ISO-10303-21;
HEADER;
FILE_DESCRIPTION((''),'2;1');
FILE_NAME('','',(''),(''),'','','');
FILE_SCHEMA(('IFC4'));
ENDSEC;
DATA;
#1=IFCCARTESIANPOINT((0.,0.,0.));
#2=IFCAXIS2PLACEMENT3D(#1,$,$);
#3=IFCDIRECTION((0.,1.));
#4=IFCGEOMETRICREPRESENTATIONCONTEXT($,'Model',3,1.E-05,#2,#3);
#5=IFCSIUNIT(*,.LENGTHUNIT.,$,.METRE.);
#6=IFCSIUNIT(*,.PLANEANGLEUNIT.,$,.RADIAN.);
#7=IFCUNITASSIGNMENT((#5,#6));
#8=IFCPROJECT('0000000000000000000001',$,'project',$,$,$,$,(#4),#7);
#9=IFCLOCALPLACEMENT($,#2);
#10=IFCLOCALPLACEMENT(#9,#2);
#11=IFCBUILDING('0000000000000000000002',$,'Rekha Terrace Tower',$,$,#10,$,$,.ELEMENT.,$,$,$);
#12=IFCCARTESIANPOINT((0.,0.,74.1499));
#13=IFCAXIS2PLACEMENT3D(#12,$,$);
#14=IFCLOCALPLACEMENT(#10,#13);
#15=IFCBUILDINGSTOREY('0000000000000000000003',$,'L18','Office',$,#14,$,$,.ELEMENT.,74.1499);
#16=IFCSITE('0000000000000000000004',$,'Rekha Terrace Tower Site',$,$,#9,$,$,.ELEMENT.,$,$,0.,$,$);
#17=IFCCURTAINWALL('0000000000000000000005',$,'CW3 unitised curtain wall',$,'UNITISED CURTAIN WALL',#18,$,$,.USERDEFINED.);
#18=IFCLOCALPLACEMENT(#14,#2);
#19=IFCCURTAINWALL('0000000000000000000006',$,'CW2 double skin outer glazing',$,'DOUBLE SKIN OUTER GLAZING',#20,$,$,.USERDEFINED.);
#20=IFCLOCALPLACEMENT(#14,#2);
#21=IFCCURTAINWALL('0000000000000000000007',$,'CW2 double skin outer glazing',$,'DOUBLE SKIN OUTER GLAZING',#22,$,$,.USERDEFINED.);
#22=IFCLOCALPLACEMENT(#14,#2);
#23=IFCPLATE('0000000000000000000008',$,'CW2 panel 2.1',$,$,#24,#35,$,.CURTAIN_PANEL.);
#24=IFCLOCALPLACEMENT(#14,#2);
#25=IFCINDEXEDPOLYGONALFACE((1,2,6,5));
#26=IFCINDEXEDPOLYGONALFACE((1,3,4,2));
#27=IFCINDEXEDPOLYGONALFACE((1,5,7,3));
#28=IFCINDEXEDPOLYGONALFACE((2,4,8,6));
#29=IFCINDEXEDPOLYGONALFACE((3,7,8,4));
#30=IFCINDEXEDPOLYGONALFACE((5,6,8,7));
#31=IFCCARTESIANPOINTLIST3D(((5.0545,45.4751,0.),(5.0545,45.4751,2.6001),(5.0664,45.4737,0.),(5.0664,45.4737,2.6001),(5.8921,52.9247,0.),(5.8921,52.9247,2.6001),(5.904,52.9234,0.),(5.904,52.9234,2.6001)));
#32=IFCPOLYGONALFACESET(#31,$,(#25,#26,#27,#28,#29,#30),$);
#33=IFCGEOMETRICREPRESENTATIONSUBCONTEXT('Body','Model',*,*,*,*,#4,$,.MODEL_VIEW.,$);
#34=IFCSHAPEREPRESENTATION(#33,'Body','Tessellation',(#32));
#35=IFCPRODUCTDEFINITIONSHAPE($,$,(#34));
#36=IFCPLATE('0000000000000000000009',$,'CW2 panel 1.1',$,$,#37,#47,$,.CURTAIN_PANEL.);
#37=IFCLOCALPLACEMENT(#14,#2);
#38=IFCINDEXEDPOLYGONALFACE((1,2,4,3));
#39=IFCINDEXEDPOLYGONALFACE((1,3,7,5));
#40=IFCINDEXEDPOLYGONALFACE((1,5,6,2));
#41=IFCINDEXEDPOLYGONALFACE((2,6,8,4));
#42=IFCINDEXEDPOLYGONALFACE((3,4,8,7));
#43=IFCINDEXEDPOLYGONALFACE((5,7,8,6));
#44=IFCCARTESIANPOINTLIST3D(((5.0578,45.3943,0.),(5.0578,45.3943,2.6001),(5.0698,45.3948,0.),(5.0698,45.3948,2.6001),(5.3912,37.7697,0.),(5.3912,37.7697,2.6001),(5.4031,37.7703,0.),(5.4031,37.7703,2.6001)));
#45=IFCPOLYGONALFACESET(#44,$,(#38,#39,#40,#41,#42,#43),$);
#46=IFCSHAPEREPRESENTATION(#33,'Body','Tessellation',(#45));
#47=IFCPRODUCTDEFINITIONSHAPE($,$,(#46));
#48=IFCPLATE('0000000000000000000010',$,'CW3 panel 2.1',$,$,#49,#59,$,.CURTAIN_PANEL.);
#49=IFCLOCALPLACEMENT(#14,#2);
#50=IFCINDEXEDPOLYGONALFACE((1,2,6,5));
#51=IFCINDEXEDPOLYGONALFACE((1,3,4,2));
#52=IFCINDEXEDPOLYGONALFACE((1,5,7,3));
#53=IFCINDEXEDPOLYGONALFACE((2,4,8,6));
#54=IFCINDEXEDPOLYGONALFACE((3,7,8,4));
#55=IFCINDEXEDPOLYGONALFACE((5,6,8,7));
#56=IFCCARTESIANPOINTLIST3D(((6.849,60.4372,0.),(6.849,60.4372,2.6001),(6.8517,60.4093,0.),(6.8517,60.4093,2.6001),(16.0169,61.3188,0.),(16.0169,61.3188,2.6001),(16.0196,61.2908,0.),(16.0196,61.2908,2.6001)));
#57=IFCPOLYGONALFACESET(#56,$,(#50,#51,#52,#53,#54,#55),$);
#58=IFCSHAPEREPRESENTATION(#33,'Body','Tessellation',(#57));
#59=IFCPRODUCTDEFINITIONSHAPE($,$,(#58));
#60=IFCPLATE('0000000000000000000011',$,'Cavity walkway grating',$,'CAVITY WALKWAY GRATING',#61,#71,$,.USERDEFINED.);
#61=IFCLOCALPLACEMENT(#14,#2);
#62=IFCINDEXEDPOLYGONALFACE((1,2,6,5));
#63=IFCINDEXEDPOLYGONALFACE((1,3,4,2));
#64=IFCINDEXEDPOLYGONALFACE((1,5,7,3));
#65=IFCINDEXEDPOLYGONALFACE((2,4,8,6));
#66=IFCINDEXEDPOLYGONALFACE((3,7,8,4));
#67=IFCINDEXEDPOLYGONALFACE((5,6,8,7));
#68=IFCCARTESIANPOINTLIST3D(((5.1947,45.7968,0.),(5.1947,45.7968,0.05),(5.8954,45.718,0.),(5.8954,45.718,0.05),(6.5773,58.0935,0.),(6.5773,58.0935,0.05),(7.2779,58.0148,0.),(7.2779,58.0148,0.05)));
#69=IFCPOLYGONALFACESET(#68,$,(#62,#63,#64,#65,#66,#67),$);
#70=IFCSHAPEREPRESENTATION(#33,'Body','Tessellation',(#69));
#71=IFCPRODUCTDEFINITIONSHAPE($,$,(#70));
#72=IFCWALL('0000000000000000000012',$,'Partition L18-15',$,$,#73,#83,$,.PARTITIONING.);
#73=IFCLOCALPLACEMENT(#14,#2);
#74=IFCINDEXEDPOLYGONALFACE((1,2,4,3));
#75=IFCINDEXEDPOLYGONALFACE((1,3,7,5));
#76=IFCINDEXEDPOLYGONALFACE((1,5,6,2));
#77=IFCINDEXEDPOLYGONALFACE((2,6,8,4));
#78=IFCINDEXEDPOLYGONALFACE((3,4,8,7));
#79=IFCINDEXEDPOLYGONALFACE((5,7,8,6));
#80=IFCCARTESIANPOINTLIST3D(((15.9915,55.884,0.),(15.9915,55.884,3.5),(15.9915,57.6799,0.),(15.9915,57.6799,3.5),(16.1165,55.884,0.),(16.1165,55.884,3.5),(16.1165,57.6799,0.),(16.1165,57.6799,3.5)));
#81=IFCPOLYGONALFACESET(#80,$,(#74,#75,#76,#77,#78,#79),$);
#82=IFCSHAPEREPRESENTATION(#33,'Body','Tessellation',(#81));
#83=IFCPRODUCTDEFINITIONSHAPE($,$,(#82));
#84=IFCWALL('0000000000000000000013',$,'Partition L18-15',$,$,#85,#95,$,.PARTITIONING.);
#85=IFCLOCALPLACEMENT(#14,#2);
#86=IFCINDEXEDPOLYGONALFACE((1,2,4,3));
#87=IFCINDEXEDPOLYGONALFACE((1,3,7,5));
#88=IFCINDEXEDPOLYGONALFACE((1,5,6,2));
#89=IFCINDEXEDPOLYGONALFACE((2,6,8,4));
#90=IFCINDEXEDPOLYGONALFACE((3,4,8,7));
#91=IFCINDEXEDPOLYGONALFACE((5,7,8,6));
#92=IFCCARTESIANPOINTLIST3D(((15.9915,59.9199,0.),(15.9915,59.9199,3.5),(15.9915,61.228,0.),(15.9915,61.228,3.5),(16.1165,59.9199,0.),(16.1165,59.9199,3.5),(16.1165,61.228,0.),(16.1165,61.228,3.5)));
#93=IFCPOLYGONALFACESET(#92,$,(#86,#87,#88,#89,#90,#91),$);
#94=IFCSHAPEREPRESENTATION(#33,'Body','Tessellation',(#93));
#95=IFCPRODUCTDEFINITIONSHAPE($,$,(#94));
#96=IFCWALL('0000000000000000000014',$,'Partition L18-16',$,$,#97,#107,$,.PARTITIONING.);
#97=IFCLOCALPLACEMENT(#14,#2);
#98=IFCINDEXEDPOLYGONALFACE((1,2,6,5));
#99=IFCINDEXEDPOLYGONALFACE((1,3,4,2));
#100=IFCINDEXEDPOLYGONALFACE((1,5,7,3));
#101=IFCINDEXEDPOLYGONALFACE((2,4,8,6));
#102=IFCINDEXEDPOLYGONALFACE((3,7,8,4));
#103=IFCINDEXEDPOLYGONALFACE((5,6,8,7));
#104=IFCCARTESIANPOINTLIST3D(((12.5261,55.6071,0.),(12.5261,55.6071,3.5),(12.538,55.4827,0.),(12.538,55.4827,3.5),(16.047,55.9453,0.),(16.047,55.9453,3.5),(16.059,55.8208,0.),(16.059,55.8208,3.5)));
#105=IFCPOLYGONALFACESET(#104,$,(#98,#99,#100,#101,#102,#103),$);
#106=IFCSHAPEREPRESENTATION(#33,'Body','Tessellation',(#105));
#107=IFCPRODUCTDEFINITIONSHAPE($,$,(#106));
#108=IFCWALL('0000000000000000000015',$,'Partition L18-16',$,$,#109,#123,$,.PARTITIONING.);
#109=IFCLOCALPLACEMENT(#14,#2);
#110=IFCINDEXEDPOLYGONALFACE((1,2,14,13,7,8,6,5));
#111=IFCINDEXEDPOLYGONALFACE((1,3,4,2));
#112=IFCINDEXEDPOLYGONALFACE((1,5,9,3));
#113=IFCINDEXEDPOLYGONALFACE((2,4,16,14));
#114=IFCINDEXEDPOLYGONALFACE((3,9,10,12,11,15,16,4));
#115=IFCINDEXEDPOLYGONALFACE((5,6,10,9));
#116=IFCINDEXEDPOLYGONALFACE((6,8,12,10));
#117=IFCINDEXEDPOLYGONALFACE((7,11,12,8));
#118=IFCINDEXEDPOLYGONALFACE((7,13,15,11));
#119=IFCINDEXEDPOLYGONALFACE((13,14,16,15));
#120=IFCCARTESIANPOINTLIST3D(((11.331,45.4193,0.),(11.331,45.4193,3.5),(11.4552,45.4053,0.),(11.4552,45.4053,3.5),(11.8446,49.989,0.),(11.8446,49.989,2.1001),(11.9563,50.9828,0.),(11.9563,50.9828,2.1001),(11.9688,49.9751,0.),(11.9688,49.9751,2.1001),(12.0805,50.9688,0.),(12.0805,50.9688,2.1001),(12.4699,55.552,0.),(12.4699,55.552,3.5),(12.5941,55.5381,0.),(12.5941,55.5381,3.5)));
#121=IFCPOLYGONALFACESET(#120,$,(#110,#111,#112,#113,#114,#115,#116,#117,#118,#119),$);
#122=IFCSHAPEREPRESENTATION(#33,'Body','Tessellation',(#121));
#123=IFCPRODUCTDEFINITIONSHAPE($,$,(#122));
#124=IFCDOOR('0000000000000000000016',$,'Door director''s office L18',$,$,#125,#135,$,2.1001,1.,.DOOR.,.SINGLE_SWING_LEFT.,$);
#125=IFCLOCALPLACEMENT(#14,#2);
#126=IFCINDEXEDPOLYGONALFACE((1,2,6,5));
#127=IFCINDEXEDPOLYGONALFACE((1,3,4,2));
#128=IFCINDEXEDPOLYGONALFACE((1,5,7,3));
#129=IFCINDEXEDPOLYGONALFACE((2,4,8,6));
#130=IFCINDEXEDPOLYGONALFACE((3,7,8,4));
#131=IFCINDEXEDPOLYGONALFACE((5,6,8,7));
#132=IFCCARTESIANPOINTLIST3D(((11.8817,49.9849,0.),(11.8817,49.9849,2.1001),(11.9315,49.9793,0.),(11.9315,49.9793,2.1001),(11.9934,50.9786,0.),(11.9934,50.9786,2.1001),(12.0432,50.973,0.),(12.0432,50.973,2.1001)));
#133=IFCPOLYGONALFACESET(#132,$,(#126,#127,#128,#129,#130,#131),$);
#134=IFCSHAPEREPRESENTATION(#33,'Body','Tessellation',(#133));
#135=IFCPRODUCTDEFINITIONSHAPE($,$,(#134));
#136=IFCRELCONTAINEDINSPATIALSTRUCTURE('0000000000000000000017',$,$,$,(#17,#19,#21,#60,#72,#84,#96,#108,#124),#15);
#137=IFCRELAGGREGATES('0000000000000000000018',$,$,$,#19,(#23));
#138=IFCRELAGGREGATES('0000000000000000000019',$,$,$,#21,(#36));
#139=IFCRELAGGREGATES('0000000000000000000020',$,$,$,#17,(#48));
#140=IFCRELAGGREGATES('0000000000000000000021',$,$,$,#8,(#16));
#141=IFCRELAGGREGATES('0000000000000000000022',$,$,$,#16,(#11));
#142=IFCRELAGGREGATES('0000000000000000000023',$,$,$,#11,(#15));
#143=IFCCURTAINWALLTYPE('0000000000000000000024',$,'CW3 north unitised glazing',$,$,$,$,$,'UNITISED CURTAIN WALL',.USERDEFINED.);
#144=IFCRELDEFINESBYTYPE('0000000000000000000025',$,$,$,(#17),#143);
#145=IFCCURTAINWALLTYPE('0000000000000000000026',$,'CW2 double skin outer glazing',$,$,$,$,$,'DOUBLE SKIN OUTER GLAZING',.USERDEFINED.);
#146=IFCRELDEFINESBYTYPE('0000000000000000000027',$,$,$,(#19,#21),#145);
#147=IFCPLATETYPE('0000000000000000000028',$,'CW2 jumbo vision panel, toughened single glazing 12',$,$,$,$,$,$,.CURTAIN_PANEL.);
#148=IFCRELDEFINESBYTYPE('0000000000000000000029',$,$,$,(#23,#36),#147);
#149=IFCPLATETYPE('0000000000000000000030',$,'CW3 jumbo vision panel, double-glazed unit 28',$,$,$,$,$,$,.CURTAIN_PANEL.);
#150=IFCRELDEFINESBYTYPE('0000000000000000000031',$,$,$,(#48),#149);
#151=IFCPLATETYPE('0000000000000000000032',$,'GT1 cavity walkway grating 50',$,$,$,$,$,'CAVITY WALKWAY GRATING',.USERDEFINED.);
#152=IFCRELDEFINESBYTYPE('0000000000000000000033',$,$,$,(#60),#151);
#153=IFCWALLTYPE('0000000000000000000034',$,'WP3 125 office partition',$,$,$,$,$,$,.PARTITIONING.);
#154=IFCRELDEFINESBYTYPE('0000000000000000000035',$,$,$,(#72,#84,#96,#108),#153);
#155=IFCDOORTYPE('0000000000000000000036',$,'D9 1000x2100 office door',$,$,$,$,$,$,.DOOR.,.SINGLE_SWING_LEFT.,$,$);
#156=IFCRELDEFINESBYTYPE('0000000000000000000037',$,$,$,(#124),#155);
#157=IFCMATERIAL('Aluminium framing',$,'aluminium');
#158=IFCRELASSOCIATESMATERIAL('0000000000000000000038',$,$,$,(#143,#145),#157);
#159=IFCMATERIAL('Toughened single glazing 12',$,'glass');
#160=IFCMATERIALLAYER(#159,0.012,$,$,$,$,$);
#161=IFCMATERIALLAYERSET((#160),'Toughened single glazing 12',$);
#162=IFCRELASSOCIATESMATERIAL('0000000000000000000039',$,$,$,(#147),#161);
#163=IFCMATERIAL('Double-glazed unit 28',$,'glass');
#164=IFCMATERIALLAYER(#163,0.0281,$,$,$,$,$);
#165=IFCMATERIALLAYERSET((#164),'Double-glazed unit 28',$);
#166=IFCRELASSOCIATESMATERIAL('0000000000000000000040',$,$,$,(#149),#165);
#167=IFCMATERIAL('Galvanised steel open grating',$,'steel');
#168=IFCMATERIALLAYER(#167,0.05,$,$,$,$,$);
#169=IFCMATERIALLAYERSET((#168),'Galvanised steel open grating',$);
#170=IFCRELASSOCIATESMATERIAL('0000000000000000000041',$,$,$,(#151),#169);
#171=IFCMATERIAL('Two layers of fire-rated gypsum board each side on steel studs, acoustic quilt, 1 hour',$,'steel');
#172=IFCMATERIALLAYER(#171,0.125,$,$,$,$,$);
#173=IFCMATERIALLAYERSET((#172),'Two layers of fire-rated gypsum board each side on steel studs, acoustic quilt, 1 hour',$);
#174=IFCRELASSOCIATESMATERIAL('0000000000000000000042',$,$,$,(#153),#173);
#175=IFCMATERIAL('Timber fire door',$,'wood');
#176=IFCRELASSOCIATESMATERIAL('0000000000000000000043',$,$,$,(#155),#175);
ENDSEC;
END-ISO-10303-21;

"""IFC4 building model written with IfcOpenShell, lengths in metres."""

from ifc_helpers import new_model, si_unit, direction, frame, frame_2d, origin, origin_2d, place, context, subcontext, project, spatial, rectangle, extrude, material, layer, layer_set, type_object, element, fill, aggregate, save


model = new_model("IFC4")

# Units and contexts
model_context = context("Model", 3, precision=1e-05, world=origin(), true_north=direction((0.0, 1.0)))
body_context = subcontext(model_context, "Body", "Model", "MODEL_VIEW")
ifc_project = project(units=[si_unit("LENGTHUNIT", "METRE"), si_unit("PLANEANGLEUNIT", "RADIAN")], contexts=[model_context])

# Site, building, storey
site_placement = place(None, origin())
site = spatial("IfcSite", under=ifc_project, at=site_placement, Name="Rekha Terrace Tower Site", CompositionType="ELEMENT", RefElevation=0.0)
building_placement = place(site_placement, origin())
building = spatial("IfcBuilding", under=site, at=building_placement, Name="Rekha Terrace Tower", CompositionType="ELEMENT")
storey_placement = place(building_placement, frame((0.0, 0.0, 74.1499)))
storey = spatial("IfcBuildingStorey", under=building, at=storey_placement, Name="L18", Description="Office", CompositionType="ELEMENT", Elevation=74.1499)

# Curtain walls
ifc_material_1 = material(Name="Aluminium framing", Category="aluminium")
curtain_wall_type_1 = type_object("IfcCurtainWallType", Name="CW3 north unitised glazing", ElementType="UNITISED CURTAIN WALL", PredefinedType="USERDEFINED", material=ifc_material_1)
curtain_wall_1_placement = place(storey_placement, origin())
curtain_wall_1 = element("IfcCurtainWall", 1, at=curtain_wall_1_placement, inside=storey, type_object=curtain_wall_type_1, Name="CW3 unitised curtain wall", ObjectType="UNITISED CURTAIN WALL", PredefinedType="USERDEFINED")
curtain_wall_type_2 = type_object("IfcCurtainWallType", Name="CW2 double skin outer glazing", ElementType="DOUBLE SKIN OUTER GLAZING", PredefinedType="USERDEFINED", material=ifc_material_1)
curtain_wall_2_placement = place(storey_placement, origin())
curtain_wall_2 = element("IfcCurtainWall", 2, at=curtain_wall_2_placement, inside=storey, type_object=curtain_wall_type_2, Name="CW2 double skin outer glazing", ObjectType="DOUBLE SKIN OUTER GLAZING", PredefinedType="USERDEFINED")

# Curtain wall
curtain_wall_3_placement = place(storey_placement, origin())
curtain_wall_3 = element("IfcCurtainWall", 3, at=curtain_wall_3_placement, inside=storey, type_object=curtain_wall_type_2, Name="CW2 double skin outer glazing", ObjectType="DOUBLE SKIN OUTER GLAZING", PredefinedType="USERDEFINED")

# Plates
ifc_material_2 = material(Name="Toughened single glazing 12", Category="glass")
ifc_layer_1 = layer(ifc_material_2, 0.012)
ifc_layer_set_1 = layer_set([ifc_layer_1], Name="Toughened single glazing 12")
plate_type_1 = type_object("IfcPlateType", Name="CW2 jumbo vision panel, toughened single glazing 12", PredefinedType="CURTAIN_PANEL", material=ifc_layer_set_1)
plate_1_placement = place(storey_placement, frame((5.4792, 49.1992, 0.0), z_axis=(0.0, 0.0, 1.0), x_axis=(-0.11173, -0.993739, 0.0)))
plate_1 = element("IfcPlate", 4, at=plate_1_placement, type_object=plate_type_1, Name="CW2 panel 2.1", PredefinedType="CURTAIN_PANEL", context=body_context, shape_type="SweptSolid", body=[
    extrude(rectangle(XDim=7.4966, YDim=0.012, at=origin_2d()), origin(), (0.0, 0.0, 1.0), 2.6001),
])
aggregate(curtain_wall_2, [plate_1])
plate_2_placement = place(storey_placement, frame((5.2305, 41.5823, 0.0), z_axis=(0.0, 0.0, 1.0), x_axis=(0.043683, -0.999045, 0.0)))
plate_2 = element("IfcPlate", 5, at=plate_2_placement, type_object=plate_type_1, Name="CW2 panel 1.1", PredefinedType="CURTAIN_PANEL", context=body_context, shape_type="SweptSolid", body=[
    extrude(rectangle(XDim=7.6318, YDim=0.012, at=origin_2d()), origin(), (0.0, 0.0, 1.0), 2.6001),
])
aggregate(curtain_wall_3, [plate_2])
ifc_material_3 = material(Name="Double-glazed unit 28", Category="glass")
ifc_layer_2 = layer(ifc_material_3, 0.0281)
ifc_layer_set_2 = layer_set([ifc_layer_2], Name="Double-glazed unit 28")
plate_type_2 = type_object("IfcPlateType", Name="CW3 jumbo vision panel, double-glazed unit 28", PredefinedType="CURTAIN_PANEL", material=ifc_layer_set_2)
plate_3_placement = place(storey_placement, frame((11.4343, 60.864, 0.0), z_axis=(0.0, 0.0, 1.0), x_axis=(-0.995409, -0.095712, 0.0)))
plate_3 = element("IfcPlate", 6, at=plate_3_placement, type_object=plate_type_2, Name="CW3 panel 2.1", PredefinedType="CURTAIN_PANEL", context=body_context, shape_type="SweptSolid", body=[
    extrude(rectangle(XDim=9.2102, YDim=0.0281, at=origin_2d()), origin(), (0.0, 0.0, 1.0), 2.6001),
])
aggregate(curtain_wall_1, [plate_3])
ifc_material_4 = material(Name="Galvanised steel open grating", Category="steel")
ifc_layer_3 = layer(ifc_material_4, 0.05)
ifc_layer_set_3 = layer_set([ifc_layer_3], Name="Galvanised steel open grating")
plate_type_3 = type_object("IfcPlateType", Name="GT1 cavity walkway grating 50", ElementType="CAVITY WALKWAY GRATING", PredefinedType="USERDEFINED", material=ifc_layer_set_3)
plate_4_placement = place(storey_placement, frame((6.2363, 51.9058, 0.0), z_axis=(0.0, 0.0, 1.0), x_axis=(-0.11173, -0.993739, 0.0)))
element("IfcPlate", 7, at=plate_4_placement, inside=storey, type_object=plate_type_3, Name="Cavity walkway grating", ObjectType="CAVITY WALKWAY GRATING", PredefinedType="USERDEFINED", context=body_context, shape_type="SweptSolid", body=[
    extrude(rectangle(XDim=12.3743, YDim=0.7051, at=origin_2d()), origin(), (0.0, 0.0, 1.0), 0.05),
])

# Walls
ifc_material_5 = material(Name="Two layers of fire-rated gypsum board each side on steel studs, acoustic quilt, 1 hour", Category="steel")
ifc_layer_4 = layer(ifc_material_5, 0.125)
ifc_layer_set_4 = layer_set([ifc_layer_4], Name="Two layers of fire-rated gypsum board each side on steel studs, acoustic quilt, 1 hour")
wall_type = type_object("IfcWallType", Name="WP3 125 office partition", PredefinedType="PARTITIONING", material=ifc_layer_set_4)
wall_1_placement = place(storey_placement, frame((16.054, 55.884, 0.0), z_axis=(0.0, 0.0, 1.0), x_axis=(0.0, 1.0, 0.0)))
element("IfcWall", 8, at=wall_1_placement, inside=storey, type_object=wall_type, Name="Partition L18-15", PredefinedType="PARTITIONING", context=body_context, shape_type="SweptSolid", body=[
    extrude(rectangle(XDim=1.7959, YDim=0.125, at=frame_2d((0.8979, 0.0))), origin(), (0.0, 0.0, 1.0), 3.5),
])
wall_2_placement = place(storey_placement, frame((16.054, 59.9199, 0.0), z_axis=(0.0, 0.0, 1.0), x_axis=(0.0, 1.0, 0.0)))
element("IfcWall", 9, at=wall_2_placement, inside=storey, type_object=wall_type, Name="Partition L18-15", PredefinedType="PARTITIONING", context=body_context, shape_type="SweptSolid", body=[
    extrude(rectangle(XDim=1.3081, YDim=0.125, at=frame_2d((0.6541, 0.0))), origin(), (0.0, 0.0, 1.0), 3.5),
])
wall_3_placement = place(storey_placement, frame((16.053, 55.8831, 0.0), z_axis=(0.0, 0.0, 1.0), x_axis=(-0.99542, -0.095594, 0.0)))
element("IfcWall", 10, at=wall_3_placement, inside=storey, type_object=wall_type, Name="Partition L18-16", PredefinedType="PARTITIONING", context=body_context, shape_type="SweptSolid", body=[
    extrude(rectangle(XDim=3.5371, YDim=0.125, at=frame_2d((1.7686, 0.0))), origin(), (0.0, 0.0, 1.0), 3.5),
])

# Wall, opening, door
wall_4_placement = place(storey_placement, frame((12.532, 55.5449, 0.0), z_axis=(0.0, 0.0, 1.0), x_axis=(-0.111695, -0.993742, 0.0)))
wall_4 = element("IfcWall", 11, at=wall_4_placement, inside=storey, type_object=wall_type, Name="Partition L18-16", PredefinedType="PARTITIONING", context=body_context, shape_type="SweptSolid", body=[
    extrude(rectangle(XDim=10.1965, YDim=0.125, at=frame_2d((5.0981, 0.0))), origin(), (0.0, 0.0, 1.0), 3.5),
])
opening_placement = place(wall_4_placement, frame((4.5979, 0.0, 0.0)))
opening = element("IfcOpeningElement", 12, at=opening_placement, cuts=wall_4, PredefinedType="OPENING", context=body_context, shape_type="SweptSolid", body=[
    extrude(rectangle(XDim=1.0, YDim=2.1001, at=frame_2d((0.5, 1.05))), frame((0.0, 0.0725, 0.0), z_axis=(0.0, -1.0, 0.0), x_axis=(1.0, 0.0, 0.0)), (0.0, 0.0, 1.0), 0.145),
])
ifc_material_6 = material(Name="Timber fire door", Category="wood")
door_type = type_object("IfcDoorType", Name="D9 1000x2100 office door", OperationType="SINGLE_SWING_LEFT", PredefinedType="DOOR", material=ifc_material_6)
door_placement = place(opening_placement, origin())
door = element("IfcDoor", 13, at=door_placement, inside=storey, type_object=door_type, Name="Door director's office L18", OperationType="SINGLE_SWING_LEFT", OverallHeight=2.1001, OverallWidth=1.0, PredefinedType="DOOR", context=body_context, shape_type="SweptSolid", body=[
    extrude(rectangle(XDim=1.0, YDim=2.1001, at=frame_2d((0.5, 1.05))), frame((0.0, 0.0249, 0.0), z_axis=(0.0, -1.0, 0.0), x_axis=(1.0, 0.0, 0.0)), (0.0, 0.0, 1.0), 0.05),
])
fill(opening, door)

save(model, "model.ifc")
